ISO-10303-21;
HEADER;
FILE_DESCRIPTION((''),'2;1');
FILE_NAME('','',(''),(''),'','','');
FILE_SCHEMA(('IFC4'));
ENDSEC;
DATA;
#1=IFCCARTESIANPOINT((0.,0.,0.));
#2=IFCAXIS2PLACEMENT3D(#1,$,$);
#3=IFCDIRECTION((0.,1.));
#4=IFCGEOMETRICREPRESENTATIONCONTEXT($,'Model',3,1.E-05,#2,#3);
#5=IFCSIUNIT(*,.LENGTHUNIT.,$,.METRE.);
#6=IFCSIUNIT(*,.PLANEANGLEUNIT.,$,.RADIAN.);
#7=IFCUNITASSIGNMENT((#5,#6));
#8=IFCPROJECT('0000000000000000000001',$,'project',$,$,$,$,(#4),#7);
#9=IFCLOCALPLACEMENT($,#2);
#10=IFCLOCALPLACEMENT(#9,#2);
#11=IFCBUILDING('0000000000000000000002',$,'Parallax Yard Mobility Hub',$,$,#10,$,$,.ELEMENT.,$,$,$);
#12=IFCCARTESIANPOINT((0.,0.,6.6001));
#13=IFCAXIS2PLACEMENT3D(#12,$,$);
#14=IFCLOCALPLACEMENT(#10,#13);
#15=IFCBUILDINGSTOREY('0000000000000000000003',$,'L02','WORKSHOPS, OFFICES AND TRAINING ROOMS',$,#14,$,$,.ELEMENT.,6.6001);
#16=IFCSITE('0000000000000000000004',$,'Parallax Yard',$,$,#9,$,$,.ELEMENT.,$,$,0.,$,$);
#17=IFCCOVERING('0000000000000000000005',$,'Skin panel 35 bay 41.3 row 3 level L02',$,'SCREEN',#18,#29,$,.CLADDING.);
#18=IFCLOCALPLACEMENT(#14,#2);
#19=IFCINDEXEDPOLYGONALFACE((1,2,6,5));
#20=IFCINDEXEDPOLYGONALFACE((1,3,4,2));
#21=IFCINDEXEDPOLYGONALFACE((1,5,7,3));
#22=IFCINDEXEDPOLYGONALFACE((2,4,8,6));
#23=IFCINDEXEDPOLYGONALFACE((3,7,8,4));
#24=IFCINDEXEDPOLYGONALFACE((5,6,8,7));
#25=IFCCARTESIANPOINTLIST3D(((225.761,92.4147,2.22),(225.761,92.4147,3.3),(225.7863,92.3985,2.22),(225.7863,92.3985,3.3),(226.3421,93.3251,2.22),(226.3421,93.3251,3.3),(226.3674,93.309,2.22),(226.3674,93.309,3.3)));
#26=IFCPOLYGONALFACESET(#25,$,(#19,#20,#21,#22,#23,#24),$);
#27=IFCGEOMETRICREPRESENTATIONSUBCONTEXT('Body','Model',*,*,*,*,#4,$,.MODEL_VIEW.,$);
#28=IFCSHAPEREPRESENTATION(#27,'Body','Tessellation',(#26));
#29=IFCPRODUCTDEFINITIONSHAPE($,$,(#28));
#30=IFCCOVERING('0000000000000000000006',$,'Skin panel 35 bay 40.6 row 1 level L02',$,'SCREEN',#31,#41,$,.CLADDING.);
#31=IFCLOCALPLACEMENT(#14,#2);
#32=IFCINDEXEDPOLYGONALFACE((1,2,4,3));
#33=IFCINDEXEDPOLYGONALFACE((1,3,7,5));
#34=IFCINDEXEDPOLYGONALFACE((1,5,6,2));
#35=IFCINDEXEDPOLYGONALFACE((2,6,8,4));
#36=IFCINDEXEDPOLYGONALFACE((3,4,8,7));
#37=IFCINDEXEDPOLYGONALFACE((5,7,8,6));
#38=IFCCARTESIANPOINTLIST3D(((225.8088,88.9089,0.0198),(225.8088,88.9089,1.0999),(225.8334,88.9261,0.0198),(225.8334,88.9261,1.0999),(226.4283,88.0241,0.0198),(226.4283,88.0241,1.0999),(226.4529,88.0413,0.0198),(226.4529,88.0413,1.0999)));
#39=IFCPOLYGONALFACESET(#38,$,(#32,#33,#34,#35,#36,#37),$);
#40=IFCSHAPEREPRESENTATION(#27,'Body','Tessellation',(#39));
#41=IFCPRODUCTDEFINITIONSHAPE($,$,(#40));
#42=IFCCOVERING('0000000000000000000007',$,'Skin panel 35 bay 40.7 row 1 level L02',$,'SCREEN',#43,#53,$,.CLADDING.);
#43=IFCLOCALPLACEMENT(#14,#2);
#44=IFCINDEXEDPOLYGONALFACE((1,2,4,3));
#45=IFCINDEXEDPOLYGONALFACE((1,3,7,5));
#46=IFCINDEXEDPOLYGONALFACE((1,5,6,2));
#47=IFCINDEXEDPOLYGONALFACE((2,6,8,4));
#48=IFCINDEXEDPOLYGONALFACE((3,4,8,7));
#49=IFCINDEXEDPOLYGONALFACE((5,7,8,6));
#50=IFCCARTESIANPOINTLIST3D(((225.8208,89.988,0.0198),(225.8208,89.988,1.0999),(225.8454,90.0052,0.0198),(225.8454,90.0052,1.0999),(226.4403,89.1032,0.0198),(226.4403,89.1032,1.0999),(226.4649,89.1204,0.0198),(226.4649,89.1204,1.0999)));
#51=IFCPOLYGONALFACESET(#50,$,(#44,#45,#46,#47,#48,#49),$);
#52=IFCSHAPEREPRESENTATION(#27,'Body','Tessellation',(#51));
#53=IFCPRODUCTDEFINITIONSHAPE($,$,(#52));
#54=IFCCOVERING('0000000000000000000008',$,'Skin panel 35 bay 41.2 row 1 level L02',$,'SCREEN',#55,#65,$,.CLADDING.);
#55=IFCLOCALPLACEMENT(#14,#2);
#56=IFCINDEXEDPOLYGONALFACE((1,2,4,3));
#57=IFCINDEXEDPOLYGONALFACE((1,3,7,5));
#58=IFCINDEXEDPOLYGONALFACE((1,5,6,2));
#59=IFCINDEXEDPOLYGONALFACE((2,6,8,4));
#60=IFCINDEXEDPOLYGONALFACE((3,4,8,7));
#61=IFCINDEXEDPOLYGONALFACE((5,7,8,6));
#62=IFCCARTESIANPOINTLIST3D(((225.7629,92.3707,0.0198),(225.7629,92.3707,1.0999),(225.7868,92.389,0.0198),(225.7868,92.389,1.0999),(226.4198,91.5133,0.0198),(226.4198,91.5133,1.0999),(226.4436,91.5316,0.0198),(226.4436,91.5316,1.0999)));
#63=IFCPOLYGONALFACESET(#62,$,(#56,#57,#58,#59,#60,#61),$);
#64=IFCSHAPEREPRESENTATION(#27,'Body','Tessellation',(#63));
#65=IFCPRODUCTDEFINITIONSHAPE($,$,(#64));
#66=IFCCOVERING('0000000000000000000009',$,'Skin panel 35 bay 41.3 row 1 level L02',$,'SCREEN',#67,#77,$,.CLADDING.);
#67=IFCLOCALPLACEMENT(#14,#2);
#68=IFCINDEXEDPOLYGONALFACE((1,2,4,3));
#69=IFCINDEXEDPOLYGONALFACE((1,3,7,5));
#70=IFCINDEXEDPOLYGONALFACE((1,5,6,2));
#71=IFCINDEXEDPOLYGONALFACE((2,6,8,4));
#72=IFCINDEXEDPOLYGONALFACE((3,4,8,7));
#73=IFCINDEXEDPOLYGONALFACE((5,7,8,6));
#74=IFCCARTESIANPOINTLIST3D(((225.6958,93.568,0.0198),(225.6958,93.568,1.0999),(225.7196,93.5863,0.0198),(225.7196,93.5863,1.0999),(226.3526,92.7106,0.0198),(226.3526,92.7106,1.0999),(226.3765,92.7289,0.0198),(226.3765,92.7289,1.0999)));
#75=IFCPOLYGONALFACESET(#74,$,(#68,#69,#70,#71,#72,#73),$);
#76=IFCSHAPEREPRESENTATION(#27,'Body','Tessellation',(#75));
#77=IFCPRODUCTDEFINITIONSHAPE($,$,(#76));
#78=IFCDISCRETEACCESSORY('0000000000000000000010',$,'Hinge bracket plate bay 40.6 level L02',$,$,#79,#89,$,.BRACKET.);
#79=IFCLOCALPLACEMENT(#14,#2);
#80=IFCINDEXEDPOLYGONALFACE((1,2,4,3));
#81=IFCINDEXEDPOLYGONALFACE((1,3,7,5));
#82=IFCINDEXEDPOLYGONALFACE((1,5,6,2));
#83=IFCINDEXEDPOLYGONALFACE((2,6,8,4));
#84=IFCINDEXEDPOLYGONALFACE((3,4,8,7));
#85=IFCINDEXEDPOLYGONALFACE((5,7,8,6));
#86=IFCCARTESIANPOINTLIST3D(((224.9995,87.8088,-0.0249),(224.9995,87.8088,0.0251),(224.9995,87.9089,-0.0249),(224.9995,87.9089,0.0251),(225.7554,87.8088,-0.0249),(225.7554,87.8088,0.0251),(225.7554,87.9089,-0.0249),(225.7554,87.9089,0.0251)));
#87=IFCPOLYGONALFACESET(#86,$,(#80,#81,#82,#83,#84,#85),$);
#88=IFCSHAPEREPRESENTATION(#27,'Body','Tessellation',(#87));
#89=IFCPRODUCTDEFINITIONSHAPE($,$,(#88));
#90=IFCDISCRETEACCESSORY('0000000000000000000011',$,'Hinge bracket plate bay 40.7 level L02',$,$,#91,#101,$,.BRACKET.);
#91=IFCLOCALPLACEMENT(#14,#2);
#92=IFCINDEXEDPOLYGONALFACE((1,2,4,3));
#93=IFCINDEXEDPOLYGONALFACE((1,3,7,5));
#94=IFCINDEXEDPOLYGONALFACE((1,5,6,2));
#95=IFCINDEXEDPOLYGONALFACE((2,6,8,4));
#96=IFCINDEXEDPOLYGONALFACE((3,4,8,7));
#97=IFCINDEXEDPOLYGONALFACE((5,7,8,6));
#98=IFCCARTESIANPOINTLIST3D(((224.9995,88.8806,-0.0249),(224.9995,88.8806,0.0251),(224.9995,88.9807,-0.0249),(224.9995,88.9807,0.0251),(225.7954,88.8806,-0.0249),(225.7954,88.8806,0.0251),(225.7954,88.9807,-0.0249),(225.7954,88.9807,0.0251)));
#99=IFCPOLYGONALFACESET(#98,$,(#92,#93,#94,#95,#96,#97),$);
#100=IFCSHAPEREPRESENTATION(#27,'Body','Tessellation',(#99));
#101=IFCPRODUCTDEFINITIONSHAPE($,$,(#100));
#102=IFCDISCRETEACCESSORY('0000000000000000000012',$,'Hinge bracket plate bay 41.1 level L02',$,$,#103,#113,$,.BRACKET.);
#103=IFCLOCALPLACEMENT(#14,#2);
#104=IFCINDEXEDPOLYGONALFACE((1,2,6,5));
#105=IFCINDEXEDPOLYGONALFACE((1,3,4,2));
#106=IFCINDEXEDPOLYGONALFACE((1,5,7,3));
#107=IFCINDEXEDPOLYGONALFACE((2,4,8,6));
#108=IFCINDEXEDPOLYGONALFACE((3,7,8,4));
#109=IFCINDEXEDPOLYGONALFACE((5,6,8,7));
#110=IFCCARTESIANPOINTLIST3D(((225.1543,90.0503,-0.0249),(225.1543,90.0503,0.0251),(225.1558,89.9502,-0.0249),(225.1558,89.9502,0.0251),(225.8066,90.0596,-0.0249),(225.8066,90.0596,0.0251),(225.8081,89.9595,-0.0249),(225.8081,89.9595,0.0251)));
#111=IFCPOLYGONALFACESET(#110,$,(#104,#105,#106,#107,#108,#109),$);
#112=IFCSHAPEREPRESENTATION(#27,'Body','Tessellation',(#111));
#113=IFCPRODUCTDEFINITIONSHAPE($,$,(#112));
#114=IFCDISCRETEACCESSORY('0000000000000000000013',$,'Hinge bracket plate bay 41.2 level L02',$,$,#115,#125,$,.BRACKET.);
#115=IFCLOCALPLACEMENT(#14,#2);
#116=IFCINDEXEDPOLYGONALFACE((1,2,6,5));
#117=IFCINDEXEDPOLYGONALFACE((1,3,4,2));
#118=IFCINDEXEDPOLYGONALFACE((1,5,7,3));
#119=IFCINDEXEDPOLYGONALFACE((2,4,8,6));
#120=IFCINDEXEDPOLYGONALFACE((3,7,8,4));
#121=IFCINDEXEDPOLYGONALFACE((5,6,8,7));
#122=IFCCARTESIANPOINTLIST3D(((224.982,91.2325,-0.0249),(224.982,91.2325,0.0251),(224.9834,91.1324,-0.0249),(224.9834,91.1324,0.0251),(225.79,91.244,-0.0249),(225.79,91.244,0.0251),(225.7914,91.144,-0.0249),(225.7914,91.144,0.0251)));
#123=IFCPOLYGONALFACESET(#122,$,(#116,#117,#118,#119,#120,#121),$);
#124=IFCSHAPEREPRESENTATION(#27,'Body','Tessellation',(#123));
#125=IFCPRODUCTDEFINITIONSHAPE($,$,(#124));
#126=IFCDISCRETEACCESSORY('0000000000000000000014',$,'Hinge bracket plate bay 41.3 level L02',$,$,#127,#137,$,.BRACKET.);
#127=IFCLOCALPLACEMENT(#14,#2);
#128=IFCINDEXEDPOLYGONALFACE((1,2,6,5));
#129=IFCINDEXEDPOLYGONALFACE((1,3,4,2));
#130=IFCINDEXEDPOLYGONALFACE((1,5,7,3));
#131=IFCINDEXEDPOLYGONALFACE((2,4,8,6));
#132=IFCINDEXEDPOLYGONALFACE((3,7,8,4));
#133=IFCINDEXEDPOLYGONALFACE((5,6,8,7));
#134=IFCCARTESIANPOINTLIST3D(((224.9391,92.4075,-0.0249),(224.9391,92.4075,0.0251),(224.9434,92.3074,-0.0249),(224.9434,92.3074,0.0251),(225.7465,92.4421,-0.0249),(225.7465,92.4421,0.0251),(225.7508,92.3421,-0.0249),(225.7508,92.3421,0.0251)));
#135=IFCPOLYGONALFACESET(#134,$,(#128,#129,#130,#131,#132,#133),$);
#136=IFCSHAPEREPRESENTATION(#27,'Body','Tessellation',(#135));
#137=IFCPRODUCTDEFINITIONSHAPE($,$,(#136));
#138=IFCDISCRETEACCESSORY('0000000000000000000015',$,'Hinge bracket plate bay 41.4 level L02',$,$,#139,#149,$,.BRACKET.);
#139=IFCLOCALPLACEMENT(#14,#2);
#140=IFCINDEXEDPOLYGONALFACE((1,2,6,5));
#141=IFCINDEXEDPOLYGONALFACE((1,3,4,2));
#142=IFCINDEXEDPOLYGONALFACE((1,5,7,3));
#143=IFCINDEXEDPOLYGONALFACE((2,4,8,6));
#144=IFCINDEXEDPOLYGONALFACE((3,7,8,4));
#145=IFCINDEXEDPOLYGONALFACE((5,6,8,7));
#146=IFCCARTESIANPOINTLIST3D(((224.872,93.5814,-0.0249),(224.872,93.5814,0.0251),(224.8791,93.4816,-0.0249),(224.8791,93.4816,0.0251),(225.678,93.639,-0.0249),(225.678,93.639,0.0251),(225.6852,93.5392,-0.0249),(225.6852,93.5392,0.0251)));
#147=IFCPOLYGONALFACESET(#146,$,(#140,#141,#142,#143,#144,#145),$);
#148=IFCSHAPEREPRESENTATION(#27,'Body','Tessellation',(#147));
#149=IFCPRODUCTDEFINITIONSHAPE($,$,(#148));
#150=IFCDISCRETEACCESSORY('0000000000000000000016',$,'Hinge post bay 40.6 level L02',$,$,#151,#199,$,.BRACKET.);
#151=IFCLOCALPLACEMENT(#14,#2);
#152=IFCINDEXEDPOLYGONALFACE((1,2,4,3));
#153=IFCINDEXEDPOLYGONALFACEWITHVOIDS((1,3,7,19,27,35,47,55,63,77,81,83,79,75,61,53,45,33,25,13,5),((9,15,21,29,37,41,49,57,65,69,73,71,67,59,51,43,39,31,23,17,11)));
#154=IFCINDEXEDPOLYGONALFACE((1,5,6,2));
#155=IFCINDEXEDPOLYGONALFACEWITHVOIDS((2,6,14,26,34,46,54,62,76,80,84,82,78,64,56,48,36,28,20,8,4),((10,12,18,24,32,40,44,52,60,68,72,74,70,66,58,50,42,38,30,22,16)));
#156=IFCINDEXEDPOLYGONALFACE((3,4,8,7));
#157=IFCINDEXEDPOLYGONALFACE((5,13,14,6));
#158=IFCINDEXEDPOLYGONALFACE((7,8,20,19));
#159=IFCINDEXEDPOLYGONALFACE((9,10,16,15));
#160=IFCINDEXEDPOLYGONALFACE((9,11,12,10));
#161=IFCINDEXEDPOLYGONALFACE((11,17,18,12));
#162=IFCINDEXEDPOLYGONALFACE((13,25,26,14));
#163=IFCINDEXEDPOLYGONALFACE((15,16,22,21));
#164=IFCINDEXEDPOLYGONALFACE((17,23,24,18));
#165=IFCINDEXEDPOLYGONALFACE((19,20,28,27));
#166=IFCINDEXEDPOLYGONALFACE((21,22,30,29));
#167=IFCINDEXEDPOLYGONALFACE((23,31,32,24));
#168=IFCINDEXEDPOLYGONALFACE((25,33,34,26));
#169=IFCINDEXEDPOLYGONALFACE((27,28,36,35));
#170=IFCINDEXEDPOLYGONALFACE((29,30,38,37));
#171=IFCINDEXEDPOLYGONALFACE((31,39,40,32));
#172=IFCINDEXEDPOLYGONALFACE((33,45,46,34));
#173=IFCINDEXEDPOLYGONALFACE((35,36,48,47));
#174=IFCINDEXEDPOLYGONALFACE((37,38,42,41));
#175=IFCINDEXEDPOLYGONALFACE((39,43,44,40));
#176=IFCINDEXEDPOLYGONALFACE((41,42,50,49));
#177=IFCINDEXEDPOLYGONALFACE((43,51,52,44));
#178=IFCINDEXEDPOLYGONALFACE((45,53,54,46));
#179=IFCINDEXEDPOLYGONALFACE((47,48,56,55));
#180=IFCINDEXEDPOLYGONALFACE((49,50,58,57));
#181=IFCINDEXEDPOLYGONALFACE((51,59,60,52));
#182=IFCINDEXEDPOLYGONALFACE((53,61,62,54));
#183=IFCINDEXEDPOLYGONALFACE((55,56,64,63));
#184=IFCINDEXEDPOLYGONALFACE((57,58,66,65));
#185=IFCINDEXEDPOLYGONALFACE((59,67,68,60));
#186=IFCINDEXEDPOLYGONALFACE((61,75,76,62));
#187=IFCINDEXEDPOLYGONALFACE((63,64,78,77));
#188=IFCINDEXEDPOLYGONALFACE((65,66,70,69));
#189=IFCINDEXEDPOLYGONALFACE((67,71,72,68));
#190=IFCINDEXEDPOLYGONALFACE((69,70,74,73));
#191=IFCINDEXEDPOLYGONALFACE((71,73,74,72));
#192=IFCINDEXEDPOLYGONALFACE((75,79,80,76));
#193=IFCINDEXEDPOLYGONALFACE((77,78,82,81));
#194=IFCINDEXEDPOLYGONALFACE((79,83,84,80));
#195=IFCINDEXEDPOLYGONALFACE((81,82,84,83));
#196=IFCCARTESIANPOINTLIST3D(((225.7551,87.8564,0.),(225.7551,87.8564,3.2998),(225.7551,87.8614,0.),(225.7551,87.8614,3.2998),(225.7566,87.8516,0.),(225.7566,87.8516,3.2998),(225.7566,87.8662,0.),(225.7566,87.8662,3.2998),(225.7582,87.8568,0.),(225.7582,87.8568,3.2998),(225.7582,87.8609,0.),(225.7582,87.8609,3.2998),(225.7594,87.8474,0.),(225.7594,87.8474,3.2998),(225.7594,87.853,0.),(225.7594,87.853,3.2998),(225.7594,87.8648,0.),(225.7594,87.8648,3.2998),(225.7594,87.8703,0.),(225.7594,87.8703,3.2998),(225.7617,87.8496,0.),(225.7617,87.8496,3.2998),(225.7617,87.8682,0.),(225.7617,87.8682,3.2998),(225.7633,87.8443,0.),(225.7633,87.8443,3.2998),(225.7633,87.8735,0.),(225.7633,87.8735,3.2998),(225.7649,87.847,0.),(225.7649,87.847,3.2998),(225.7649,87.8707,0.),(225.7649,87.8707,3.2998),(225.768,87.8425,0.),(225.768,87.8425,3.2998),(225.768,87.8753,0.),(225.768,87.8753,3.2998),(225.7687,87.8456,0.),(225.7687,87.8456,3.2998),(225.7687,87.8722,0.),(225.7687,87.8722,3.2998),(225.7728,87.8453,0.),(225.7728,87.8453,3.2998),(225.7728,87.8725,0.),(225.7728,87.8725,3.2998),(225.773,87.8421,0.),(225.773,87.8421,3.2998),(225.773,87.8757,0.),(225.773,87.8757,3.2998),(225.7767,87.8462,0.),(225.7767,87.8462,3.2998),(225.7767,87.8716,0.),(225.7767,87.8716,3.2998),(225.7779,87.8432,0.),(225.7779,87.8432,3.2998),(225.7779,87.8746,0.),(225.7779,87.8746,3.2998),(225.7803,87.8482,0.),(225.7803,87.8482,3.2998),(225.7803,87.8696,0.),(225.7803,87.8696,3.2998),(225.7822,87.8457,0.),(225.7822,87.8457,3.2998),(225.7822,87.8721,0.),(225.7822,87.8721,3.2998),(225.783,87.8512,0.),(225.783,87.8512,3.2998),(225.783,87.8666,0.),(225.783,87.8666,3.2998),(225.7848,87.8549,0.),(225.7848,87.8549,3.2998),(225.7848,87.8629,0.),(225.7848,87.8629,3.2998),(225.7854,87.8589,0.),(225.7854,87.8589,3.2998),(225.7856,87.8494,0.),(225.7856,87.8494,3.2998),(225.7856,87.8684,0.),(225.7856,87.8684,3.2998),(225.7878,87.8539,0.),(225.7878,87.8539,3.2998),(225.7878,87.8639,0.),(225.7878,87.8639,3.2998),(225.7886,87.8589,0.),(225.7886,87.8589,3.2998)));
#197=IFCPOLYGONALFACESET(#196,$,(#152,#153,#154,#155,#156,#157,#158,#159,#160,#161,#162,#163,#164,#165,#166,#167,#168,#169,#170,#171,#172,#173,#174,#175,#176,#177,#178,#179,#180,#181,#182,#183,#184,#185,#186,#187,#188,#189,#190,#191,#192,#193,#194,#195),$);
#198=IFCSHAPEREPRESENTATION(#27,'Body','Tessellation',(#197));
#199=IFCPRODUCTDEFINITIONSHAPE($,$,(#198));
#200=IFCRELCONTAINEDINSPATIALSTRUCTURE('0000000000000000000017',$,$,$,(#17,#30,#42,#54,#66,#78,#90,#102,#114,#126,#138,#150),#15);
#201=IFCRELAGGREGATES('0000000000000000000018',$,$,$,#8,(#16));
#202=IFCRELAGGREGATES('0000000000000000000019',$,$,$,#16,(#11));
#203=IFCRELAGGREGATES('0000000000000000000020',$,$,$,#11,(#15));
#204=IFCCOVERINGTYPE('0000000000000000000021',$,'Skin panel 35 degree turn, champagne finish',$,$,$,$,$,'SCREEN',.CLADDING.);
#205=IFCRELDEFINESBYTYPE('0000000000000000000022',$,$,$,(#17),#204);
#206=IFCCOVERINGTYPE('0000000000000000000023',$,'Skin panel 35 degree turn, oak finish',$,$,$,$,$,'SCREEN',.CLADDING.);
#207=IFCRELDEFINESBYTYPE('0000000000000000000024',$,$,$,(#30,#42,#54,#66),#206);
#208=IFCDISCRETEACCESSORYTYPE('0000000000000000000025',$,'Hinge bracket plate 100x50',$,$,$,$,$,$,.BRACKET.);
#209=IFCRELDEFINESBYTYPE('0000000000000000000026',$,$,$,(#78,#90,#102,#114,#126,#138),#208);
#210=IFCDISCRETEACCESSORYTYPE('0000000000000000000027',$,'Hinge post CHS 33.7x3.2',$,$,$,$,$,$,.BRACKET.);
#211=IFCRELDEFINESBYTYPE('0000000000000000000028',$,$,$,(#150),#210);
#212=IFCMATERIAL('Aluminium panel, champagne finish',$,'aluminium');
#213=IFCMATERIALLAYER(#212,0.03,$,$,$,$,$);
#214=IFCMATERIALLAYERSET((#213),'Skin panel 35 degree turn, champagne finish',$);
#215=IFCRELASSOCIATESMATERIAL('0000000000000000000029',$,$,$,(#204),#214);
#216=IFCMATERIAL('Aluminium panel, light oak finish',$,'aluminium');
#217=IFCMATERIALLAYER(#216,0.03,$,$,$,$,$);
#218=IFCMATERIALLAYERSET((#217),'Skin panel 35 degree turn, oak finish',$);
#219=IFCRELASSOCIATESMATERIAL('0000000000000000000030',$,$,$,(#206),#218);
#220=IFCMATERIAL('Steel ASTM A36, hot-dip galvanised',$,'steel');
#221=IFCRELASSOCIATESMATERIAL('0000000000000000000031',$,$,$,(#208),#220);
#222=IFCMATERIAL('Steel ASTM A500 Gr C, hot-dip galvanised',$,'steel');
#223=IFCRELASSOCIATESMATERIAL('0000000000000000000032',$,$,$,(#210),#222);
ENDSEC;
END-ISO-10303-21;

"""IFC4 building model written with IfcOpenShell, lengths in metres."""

from ifc_helpers import new_model, si_unit, direction, frame, origin, origin_2d, place, context, subcontext, project, spatial, rectangle, hollow_circle, extrude, material, layer, layer_set, material_profile, profile_set, type_object, element, save


model = new_model("IFC4")

# Units and contexts
model_context = context("Model", 3, precision=1e-05, world=origin(), true_north=direction((0.0, 1.0)))
body_context = subcontext(model_context, "Body", "Model", "MODEL_VIEW")
ifc_project = project(units=[si_unit("LENGTHUNIT", "METRE"), si_unit("PLANEANGLEUNIT", "RADIAN")], contexts=[model_context])

# Site, building, storey
site_placement = place(None, origin())
site = spatial("IfcSite", under=ifc_project, at=site_placement, Name="Parallax Yard", CompositionType="ELEMENT", RefElevation=0.0)
building_placement = place(site_placement, origin())
building = spatial("IfcBuilding", under=site, at=building_placement, Name="Parallax Yard Mobility Hub", CompositionType="ELEMENT")
storey_placement = place(building_placement, frame((0.0, 0.0, 6.6001)))
storey = spatial("IfcBuildingStorey", under=building, at=storey_placement, Name="L02", Description="WORKSHOPS, OFFICES AND TRAINING ROOMS", CompositionType="ELEMENT", Elevation=6.6001)

# Coverings
ifc_material_1 = material(Name="Aluminium panel, champagne finish", Category="aluminium")
ifc_material_2 = material(Name="Aluminium panel, light oak finish", Category="aluminium")
ifc_layer_1 = layer(ifc_material_1, 0.03)
ifc_layer_set_1 = layer_set([ifc_layer_1], Name="Skin panel 35 degree turn, champagne finish")
covering_type_1 = type_object("IfcCoveringType", Name="Skin panel 35 degree turn, champagne finish", ElementType="SCREEN", PredefinedType="CLADDING", material=ifc_layer_set_1)
for number, where, z_axis, x_axis, name in (
    (1, (226.0642, 92.8618, 2.22), (0.0, 0.0, 1.0), (0.537969, 0.842964, 0.0), "Skin panel 35 bay 41.3 row 3 level L02"),
):
    element("IfcCovering", number, at=place(storey_placement, frame(where, z_axis=z_axis, x_axis=x_axis)), inside=storey, type_object=covering_type_1, Name=name, ObjectType="SCREEN", PredefinedType="CLADDING", context=body_context, shape_type="SweptSolid", body=[
        extrude(rectangle(XDim=1.0801, YDim=0.03, at=origin_2d()), origin(), (0.0, 0.0, 1.0), 1.0801),
    ])
ifc_layer_2 = layer(ifc_material_2, 0.03)
ifc_layer_set_2 = layer_set([ifc_layer_2], Name="Skin panel 35 degree turn, oak finish")
covering_type_2 = type_object("IfcCoveringType", Name="Skin panel 35 degree turn, oak finish", ElementType="SCREEN", PredefinedType="CLADDING", material=ifc_layer_set_2)
for number, where, z_axis, x_axis, name in (
    (2, (226.1309, 88.4751, 0.0198), (0.0, 0.0, 1.0), (0.573576, -0.819152, 0.0), "Skin panel 35 bay 40.6 row 1 level L02"),
    (3, (226.1428, 89.5542, 0.0198), (0.0, 0.0, 1.0), (0.573576, -0.819152, 0.0), "Skin panel 35 bay 40.7 row 1 level L02"),
    (4, (226.1033, 91.9512, 0.0198), (0.0, 0.0, 1.0), (0.608131, -0.793837, 0.0), "Skin panel 35 bay 41.2 row 1 level L02"),
    (5, (226.0361, 93.1484, 0.0198), (0.0, 0.0, 1.0), (0.608131, -0.793837, 0.0), "Skin panel 35 bay 41.3 row 1 level L02"),
):
    element("IfcCovering", number, at=place(storey_placement, frame(where, z_axis=z_axis, x_axis=x_axis)), inside=storey, type_object=covering_type_2, Name=name, ObjectType="SCREEN", PredefinedType="CLADDING", context=body_context, shape_type="SweptSolid", body=[
        extrude(rectangle(XDim=1.0801, YDim=0.03, at=origin_2d()), origin(), (0.0, 0.0, 1.0), 1.0801),
    ])

# Discrete accessories
ifc_material_3 = material(Name="Steel ASTM A36, hot-dip galvanised", Category="steel")
discrete_accessory_type_1 = type_object("IfcDiscreteAccessoryType", Name="Hinge bracket plate 100x50", PredefinedType="BRACKET", material=ifc_material_3)
discrete_accessory_1_placement = place(storey_placement, frame((225.3774, 87.8589, -0.0249), z_axis=(0.0, 0.0, 1.0), x_axis=(1.0, 0.0, 0.0)))
element("IfcDiscreteAccessory", 6, at=discrete_accessory_1_placement, inside=storey, type_object=discrete_accessory_type_1, Name="Hinge bracket plate bay 40.6 level L02", PredefinedType="BRACKET", context=body_context, shape_type="SweptSolid", body=[
    extrude(rectangle(XDim=0.7559, YDim=0.1001, at=origin_2d()), origin(), (0.0, 0.0, 1.0), 0.05),
])
discrete_accessory_2_placement = place(storey_placement, frame((225.3975, 88.9307, -0.0249), z_axis=(0.0, 0.0, 1.0), x_axis=(1.0, 0.0, 0.0)))
element("IfcDiscreteAccessory", 7, at=discrete_accessory_2_placement, inside=storey, type_object=discrete_accessory_type_1, Name="Hinge bracket plate bay 40.7 level L02", PredefinedType="BRACKET", context=body_context, shape_type="SweptSolid", body=[
    extrude(rectangle(XDim=0.7959, YDim=0.1001, at=origin_2d()), origin(), (0.0, 0.0, 1.0), 0.05),
])
discrete_accessory_3_placement = place(storey_placement, frame((225.4812, 90.0049, -0.0249), z_axis=(0.0, 0.0, 1.0), x_axis=(0.999898, 0.01428, 0.0)))
element("IfcDiscreteAccessory", 8, at=discrete_accessory_3_placement, inside=storey, type_object=discrete_accessory_type_1, Name="Hinge bracket plate bay 41.1 level L02", PredefinedType="BRACKET", context=body_context, shape_type="SweptSolid", body=[
    extrude(rectangle(XDim=0.6523, YDim=0.1001, at=origin_2d()), origin(), (0.0, 0.0, 1.0), 0.05),
])
for number, where, z_axis, x_axis, name in (
    (9, (225.3867, 91.1882, -0.0249), (0.0, 0.0, 1.0), (0.999898, 0.01428, 0.0), "Hinge bracket plate bay 41.2 level L02"),
    (10, (225.345, 92.3748, -0.0249), (0.0, 0.0, 1.0), (0.999083, 0.042826, 0.0), "Hinge bracket plate bay 41.3 level L02"),
    (11, (225.2786, 93.5603, -0.0249), (0.0, 0.0, 1.0), (0.997452, 0.071339, 0.0), "Hinge bracket plate bay 41.4 level L02"),
):
    element("IfcDiscreteAccessory", number, at=place(storey_placement, frame(where, z_axis=z_axis, x_axis=x_axis)), inside=storey, type_object=discrete_accessory_type_1, Name=name, PredefinedType="BRACKET", context=body_context, shape_type="SweptSolid", body=[
        extrude(rectangle(XDim=0.8081, YDim=0.1001, at=origin_2d()), origin(), (0.0, 0.0, 1.0), 0.05),
    ])
ifc_material_4 = material(Name="Steel ASTM A500 Gr C, hot-dip galvanised", Category="steel")
ifc_material_profile_1 = material_profile(ifc_material_4, hollow_circle(Radius=0.0168, WallThickness=0.0032, at=origin_2d()), Name="CHS 33.7x3.2")
ifc_profile_set_1 = profile_set([ifc_material_profile_1], Name="Steel ASTM A500 Gr C, hot-dip galvanised")
discrete_accessory_type_2 = type_object("IfcDiscreteAccessoryType", Name="Hinge post CHS 33.7x3.2", PredefinedType="BRACKET", material=ifc_profile_set_1)
for number, where, z_axis, x_axis, name in (
    (12, (225.7717, 87.8589, 0.0), (0.0, 0.0, 1.0), (1.0, 0.0, 0.0), "Hinge post bay 40.6 level L02"),
):
    element("IfcDiscreteAccessory", number, at=place(storey_placement, frame(where, z_axis=z_axis, x_axis=x_axis)), inside=storey, type_object=discrete_accessory_type_2, Name=name, PredefinedType="BRACKET", context=body_context, shape_type="SweptSolid", body=[
        extrude(hollow_circle(Radius=0.0168, WallThickness=0.0032, at=origin_2d()), origin(), (0.0, 0.0, 1.0), 3.2998),
    ])

save(model, "model.ifc")
